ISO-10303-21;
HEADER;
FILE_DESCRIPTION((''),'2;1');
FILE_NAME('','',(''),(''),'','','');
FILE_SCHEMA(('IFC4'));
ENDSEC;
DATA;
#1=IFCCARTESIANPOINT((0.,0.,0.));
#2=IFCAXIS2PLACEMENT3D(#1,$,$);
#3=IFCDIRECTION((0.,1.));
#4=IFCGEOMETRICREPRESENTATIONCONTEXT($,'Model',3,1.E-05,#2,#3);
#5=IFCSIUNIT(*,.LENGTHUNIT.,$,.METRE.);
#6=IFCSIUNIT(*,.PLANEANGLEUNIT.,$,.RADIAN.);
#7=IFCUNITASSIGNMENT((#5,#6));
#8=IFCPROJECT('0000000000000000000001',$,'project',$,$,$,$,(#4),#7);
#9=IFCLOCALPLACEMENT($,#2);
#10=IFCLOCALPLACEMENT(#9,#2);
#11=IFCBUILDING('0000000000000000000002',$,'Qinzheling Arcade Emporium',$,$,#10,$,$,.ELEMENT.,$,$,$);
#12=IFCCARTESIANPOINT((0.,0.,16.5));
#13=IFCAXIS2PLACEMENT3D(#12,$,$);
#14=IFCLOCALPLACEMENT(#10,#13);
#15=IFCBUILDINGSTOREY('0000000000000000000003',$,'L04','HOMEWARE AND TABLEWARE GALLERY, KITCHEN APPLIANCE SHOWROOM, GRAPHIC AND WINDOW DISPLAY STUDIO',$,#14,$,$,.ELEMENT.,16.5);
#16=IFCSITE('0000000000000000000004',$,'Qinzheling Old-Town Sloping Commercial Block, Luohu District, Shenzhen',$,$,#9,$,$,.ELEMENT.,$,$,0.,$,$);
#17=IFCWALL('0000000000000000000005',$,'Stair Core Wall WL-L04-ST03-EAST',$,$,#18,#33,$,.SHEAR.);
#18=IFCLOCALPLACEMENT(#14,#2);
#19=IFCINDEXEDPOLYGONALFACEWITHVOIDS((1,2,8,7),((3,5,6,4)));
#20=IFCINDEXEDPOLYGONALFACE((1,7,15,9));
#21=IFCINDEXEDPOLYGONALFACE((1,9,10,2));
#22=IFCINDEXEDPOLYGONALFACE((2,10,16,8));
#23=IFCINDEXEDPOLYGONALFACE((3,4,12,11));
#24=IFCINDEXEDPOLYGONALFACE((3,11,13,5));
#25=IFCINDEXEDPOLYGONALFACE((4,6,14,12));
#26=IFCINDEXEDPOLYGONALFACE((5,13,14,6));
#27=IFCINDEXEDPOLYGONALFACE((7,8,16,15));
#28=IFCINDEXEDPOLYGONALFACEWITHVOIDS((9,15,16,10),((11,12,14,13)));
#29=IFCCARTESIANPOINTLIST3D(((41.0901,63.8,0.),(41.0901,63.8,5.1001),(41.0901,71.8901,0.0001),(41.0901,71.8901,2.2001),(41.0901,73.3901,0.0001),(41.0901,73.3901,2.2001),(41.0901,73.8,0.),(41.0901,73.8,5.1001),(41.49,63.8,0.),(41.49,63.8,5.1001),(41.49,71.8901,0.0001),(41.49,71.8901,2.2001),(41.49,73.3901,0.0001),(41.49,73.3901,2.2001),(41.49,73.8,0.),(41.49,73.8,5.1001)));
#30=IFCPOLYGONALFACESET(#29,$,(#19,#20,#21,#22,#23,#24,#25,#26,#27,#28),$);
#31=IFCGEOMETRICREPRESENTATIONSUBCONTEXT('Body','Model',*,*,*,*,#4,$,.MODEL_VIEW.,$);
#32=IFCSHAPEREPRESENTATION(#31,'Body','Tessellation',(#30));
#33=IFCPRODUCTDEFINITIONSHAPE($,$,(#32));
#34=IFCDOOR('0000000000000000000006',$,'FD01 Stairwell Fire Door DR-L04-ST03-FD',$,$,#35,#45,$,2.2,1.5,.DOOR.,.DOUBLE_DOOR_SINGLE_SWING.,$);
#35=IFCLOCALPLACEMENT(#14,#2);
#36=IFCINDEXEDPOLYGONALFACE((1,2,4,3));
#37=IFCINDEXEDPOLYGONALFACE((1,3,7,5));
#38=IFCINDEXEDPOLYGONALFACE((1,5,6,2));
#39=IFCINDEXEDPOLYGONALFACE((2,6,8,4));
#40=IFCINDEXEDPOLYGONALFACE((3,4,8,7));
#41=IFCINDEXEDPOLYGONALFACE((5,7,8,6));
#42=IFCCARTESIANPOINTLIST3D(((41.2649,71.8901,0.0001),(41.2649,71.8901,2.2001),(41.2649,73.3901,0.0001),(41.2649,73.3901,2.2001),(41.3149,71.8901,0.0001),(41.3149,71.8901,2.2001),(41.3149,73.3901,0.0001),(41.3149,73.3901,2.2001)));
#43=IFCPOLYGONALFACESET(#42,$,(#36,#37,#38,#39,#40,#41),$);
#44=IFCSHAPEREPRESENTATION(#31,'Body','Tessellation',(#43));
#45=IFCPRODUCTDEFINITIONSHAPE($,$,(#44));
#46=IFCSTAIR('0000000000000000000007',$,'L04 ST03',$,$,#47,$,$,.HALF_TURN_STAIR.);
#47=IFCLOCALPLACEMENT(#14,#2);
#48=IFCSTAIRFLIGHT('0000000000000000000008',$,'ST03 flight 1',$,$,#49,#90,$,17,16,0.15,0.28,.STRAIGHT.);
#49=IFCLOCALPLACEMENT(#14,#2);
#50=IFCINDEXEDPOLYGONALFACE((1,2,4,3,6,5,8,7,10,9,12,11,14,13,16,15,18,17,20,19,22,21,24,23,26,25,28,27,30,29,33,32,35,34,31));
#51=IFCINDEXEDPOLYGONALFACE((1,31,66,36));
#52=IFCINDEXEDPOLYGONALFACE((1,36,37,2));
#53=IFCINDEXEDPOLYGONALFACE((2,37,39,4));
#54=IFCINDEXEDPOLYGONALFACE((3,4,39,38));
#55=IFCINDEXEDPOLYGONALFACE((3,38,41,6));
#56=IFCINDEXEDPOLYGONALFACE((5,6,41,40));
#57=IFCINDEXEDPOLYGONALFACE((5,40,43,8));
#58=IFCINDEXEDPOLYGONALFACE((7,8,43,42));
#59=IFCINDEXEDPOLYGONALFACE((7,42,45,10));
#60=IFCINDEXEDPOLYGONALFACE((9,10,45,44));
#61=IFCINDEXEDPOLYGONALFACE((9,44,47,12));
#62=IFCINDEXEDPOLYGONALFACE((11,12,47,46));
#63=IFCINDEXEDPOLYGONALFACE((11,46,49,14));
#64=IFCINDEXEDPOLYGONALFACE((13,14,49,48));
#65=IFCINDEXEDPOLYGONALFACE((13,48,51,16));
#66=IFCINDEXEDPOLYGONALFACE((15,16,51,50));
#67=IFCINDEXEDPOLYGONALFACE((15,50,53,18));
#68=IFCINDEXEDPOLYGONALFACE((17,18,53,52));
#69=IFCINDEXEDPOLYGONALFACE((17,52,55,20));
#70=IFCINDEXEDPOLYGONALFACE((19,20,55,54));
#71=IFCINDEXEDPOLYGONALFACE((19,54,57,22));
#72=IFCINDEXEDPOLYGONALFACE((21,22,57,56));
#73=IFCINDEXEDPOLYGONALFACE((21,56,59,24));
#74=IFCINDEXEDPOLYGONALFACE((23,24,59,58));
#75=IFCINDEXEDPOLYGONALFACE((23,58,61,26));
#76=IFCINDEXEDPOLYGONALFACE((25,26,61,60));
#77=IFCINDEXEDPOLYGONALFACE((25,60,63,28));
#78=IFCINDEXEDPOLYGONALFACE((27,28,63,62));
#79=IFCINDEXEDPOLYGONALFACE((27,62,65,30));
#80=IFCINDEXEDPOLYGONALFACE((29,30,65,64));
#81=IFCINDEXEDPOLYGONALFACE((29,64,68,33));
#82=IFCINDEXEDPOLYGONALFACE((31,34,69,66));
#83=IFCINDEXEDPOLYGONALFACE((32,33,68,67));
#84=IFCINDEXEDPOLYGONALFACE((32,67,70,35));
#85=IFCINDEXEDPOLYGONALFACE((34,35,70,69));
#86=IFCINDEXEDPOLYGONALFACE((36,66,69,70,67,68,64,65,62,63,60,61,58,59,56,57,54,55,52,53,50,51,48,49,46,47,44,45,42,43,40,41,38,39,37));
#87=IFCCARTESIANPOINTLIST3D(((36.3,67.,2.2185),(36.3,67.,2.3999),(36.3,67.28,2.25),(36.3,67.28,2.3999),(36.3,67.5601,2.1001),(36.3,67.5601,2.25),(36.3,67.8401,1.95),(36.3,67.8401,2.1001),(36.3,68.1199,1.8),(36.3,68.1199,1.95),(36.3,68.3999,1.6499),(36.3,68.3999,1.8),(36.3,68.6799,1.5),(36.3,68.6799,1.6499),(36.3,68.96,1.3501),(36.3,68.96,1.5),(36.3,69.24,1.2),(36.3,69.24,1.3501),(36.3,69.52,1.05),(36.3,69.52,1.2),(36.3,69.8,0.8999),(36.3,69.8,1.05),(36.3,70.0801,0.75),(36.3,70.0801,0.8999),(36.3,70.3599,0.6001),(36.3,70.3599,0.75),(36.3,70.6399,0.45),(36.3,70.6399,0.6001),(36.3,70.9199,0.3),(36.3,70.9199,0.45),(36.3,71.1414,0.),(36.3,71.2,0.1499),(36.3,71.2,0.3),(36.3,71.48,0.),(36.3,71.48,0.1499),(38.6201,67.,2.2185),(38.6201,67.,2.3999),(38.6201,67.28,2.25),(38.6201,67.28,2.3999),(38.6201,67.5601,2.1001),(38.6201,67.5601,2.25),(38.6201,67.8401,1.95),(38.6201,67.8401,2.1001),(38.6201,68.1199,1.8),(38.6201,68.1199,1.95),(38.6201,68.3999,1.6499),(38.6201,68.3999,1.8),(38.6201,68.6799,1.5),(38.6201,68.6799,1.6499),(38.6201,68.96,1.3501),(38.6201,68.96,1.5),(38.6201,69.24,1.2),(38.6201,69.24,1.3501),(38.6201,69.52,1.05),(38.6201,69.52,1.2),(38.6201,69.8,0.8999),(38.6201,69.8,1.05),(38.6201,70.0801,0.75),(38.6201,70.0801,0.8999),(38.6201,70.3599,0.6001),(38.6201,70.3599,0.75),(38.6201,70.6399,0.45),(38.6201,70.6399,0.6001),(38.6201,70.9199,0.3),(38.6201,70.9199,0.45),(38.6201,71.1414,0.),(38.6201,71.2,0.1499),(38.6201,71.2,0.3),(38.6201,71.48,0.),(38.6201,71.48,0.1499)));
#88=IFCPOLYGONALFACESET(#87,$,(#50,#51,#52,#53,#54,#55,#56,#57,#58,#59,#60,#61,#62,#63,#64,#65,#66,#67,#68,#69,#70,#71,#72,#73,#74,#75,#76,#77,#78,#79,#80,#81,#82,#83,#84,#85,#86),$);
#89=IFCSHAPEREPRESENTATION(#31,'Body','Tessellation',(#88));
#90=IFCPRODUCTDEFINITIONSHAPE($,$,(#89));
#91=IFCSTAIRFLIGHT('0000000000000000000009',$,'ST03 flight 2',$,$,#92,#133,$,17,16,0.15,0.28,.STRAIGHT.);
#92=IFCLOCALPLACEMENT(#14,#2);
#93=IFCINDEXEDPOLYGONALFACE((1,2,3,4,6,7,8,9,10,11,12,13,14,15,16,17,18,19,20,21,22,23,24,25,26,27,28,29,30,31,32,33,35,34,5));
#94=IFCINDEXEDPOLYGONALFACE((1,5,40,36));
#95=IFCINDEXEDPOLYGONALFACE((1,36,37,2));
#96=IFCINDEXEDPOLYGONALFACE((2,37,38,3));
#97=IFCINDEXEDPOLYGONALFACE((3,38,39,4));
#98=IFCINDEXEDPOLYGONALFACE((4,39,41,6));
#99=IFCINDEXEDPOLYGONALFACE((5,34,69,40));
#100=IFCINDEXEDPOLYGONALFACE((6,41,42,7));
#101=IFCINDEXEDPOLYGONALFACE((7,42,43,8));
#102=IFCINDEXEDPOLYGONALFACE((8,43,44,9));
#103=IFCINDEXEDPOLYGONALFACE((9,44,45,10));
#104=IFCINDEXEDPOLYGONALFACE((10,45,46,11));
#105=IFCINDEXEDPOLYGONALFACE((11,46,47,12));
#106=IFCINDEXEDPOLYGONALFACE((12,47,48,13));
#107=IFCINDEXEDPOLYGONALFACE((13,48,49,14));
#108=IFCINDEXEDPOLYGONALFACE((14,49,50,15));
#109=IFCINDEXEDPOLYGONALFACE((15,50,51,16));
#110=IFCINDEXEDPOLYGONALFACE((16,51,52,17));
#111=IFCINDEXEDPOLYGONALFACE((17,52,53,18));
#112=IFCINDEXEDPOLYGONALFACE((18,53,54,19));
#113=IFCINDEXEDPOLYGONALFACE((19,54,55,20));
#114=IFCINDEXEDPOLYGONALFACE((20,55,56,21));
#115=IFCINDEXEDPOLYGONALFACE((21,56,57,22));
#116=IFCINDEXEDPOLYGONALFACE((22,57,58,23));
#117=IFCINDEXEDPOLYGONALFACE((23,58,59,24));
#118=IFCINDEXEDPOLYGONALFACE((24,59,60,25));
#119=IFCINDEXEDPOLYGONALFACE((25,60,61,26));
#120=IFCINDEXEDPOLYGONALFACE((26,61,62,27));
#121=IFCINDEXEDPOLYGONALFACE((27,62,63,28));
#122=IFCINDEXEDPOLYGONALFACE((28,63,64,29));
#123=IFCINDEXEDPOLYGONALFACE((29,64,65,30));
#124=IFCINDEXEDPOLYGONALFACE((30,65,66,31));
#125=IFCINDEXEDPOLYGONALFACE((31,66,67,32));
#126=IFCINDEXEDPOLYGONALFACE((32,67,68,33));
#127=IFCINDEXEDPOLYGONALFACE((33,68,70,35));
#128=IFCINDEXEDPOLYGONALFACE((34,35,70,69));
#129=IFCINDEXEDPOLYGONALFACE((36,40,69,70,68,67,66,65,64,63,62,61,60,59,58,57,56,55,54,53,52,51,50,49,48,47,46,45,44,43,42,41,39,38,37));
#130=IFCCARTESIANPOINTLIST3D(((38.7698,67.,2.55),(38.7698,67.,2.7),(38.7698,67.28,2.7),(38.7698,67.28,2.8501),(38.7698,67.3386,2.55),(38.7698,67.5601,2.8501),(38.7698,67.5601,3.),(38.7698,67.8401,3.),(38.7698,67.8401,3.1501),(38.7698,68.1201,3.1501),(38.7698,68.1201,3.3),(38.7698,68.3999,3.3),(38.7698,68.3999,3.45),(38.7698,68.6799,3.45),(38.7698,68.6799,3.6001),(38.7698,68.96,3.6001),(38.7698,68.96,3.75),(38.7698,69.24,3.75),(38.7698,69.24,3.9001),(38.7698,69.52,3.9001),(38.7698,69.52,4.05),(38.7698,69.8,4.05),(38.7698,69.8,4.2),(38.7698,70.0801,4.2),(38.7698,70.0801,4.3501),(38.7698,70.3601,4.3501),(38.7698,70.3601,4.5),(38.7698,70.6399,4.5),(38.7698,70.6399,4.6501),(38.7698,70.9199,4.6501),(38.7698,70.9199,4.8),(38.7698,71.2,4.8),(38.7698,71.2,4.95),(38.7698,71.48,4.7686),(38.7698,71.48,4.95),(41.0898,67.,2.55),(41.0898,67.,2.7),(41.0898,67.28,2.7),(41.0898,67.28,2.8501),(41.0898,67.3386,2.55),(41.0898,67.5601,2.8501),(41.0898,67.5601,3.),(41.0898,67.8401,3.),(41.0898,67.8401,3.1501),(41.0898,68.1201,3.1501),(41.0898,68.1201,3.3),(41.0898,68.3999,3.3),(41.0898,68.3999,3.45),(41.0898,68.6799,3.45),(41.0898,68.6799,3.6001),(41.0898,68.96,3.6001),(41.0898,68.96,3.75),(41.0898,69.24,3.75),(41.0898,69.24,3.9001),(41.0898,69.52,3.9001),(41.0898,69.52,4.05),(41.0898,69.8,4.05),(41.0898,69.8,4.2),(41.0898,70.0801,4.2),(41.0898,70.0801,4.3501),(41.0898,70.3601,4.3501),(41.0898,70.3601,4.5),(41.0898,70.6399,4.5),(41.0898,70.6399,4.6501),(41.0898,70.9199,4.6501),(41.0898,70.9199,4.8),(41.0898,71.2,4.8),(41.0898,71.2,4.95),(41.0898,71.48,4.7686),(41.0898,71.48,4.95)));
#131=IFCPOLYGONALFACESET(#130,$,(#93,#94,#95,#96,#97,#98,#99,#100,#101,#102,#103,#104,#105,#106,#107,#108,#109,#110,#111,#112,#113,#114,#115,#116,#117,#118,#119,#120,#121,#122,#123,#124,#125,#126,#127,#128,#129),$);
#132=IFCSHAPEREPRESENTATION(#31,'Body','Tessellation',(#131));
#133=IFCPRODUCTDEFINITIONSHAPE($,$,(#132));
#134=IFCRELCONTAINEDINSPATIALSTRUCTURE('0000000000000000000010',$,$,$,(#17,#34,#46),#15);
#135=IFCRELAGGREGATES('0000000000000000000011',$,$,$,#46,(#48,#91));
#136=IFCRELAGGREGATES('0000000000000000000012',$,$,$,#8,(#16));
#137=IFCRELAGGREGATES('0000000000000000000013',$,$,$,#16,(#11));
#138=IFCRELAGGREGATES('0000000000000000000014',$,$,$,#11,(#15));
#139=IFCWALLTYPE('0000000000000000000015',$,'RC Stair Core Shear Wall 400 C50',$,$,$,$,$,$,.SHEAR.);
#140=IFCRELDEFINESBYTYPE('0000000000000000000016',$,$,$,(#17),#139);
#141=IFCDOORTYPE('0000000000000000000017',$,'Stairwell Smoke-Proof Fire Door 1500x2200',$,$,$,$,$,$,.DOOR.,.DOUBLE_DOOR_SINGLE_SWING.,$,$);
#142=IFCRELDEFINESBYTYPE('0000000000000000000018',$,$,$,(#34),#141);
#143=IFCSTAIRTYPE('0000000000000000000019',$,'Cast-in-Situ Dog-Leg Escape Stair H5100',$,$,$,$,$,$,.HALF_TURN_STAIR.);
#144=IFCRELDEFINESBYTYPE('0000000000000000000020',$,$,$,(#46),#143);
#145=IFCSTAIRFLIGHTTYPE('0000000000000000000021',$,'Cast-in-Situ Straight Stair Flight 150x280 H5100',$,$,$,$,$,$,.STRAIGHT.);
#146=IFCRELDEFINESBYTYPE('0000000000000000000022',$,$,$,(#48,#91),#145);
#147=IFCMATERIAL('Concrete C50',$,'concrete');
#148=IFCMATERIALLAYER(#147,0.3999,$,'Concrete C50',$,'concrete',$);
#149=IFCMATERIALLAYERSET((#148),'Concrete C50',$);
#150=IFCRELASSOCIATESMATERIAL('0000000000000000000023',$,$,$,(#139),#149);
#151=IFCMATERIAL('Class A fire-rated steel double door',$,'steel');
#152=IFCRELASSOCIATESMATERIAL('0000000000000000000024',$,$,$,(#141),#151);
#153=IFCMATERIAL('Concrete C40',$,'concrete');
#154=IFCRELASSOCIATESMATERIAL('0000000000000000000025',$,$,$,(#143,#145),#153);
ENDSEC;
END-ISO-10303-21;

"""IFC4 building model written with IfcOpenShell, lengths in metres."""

from ifc_helpers import new_model, si_unit, direction, frame, frame_2d, origin, place, context, subcontext, project, spatial, polyline, rectangle, outline, extrude, material, layer, layer_set, type_object, element, fill, aggregate, save


model = new_model("IFC4")

# Units and contexts
model_context = context("Model", 3, precision=1e-05, world=origin(), true_north=direction((0.0, 1.0)))
body_context = subcontext(model_context, "Body", "Model", "MODEL_VIEW")
ifc_project = project(units=[si_unit("LENGTHUNIT", "METRE"), si_unit("PLANEANGLEUNIT", "RADIAN")], contexts=[model_context])

# Site, building, storey
site_placement = place(None, origin())
site = spatial("IfcSite", under=ifc_project, at=site_placement, Name="Qinzheling Old-Town Sloping Commercial Block, Luohu District, Shenzhen", CompositionType="ELEMENT", RefElevation=0.0)
building_placement = place(site_placement, origin())
building = spatial("IfcBuilding", under=site, at=building_placement, Name="Qinzheling Arcade Emporium", CompositionType="ELEMENT")
storey_placement = place(building_placement, frame((0.0, 0.0, 16.5)))
storey = spatial("IfcBuildingStorey", under=building, at=storey_placement, Name="L04", Description="HOMEWARE AND TABLEWARE GALLERY, KITCHEN APPLIANCE SHOWROOM, GRAPHIC AND WINDOW DISPLAY STUDIO", CompositionType="ELEMENT", Elevation=16.5)

# Shared definitions
ifc_material_1 = material(Name="Concrete C40", Category="concrete")

# Wall, opening, door
ifc_material_2 = material(Name="Concrete C50", Category="concrete")
ifc_layer_1 = layer(ifc_material_2, 0.3999, Name="Concrete C50", Category="concrete")
ifc_layer_set_1 = layer_set([ifc_layer_1], Name="Concrete C50")
wall_type_1 = type_object("IfcWallType", Name="RC Stair Core Shear Wall 400 C50", PredefinedType="SHEAR", material=ifc_layer_set_1)
wall_1_placement = place(storey_placement, frame((41.29, 73.8, 0.0), z_axis=(0.0, 0.0, 1.0), x_axis=(0.0, -1.0, 0.0)))
wall_1 = element("IfcWall", 1, at=wall_1_placement, inside=storey, type_object=wall_type_1, Name="Stair Core Wall WL-L04-ST03-EAST", PredefinedType="SHEAR", context=body_context, shape_type="SweptSolid", body=[
    extrude(rectangle(XDim=10.0, YDim=0.3999, at=frame_2d((5.0, 0.0))), origin(), (0.0, 0.0, 1.0), 5.1001),
])
opening_1_placement = place(wall_1_placement, frame((0.4099, 0.0, 0.0)))
opening_1 = element("IfcOpeningElement", 2, at=opening_1_placement, cuts=wall_1, PredefinedType="OPENING", context=body_context, shape_type="SweptSolid", body=[
    extrude(rectangle(XDim=1.5, YDim=2.2, at=frame_2d((0.75, 1.1001))), frame((0.0, 0.21, 0.0), z_axis=(0.0, -1.0, 0.0), x_axis=(1.0, 0.0, 0.0)), (0.0, 0.0, 1.0), 0.4199),
])
ifc_material_3 = material(Name="Class A fire-rated steel double door", Category="steel")
door_type_1 = type_object("IfcDoorType", Name="Stairwell Smoke-Proof Fire Door 1500x2200", OperationType="DOUBLE_DOOR_SINGLE_SWING", PredefinedType="DOOR", material=ifc_material_3)
door_1_placement = place(opening_1_placement, origin())
door_1 = element("IfcDoor", 3, at=door_1_placement, inside=storey, type_object=door_type_1, Name="FD01 Stairwell Fire Door DR-L04-ST03-FD", OperationType="DOUBLE_DOOR_SINGLE_SWING", OverallHeight=2.2, OverallWidth=1.5, PredefinedType="DOOR", context=body_context, shape_type="SweptSolid", body=[
    extrude(rectangle(XDim=1.5, YDim=2.2, at=frame_2d((0.75, 1.1001))), frame((0.0, 0.0249, 0.0), z_axis=(0.0, -1.0, 0.0), x_axis=(1.0, 0.0, 0.0)), (0.0, 0.0, 1.0), 0.05),
])
fill(opening_1, door_1)

# Stair, stair flights
stair_type = type_object("IfcStairType", Name="Cast-in-Situ Dog-Leg Escape Stair H5100", PredefinedType="HALF_TURN_STAIR", material=ifc_material_1)
stair_placement = place(storey_placement, origin())
stair = element("IfcStair", 4, at=stair_placement, inside=storey, type_object=stair_type, Name="L04 ST03", PredefinedType="HALF_TURN_STAIR")
stair_flight_type = type_object("IfcStairFlightType", Name="Cast-in-Situ Straight Stair Flight 150x280 H5100", PredefinedType="STRAIGHT", material=ifc_material_1)
stair_flight_1_placement = place(storey_placement, frame((37.46, 71.48, 0.0), z_axis=(0.0, 0.0, 1.0), x_axis=(0.0, -1.0, 0.0)))
stair_flight_1 = element("IfcStairFlight", 5, at=stair_flight_1_placement, type_object=stair_flight_type, Name="ST03 flight 1", NumberOfRisers=17, NumberOfTreads=16, PredefinedType="STRAIGHT", RiserHeight=0.15, TreadLength=0.28, context=body_context, shape_type="SweptSolid", body=[
    extrude(outline(polyline([(0.0, 0.0), (0.0, 0.1499), (0.28, 0.1499), (0.28, 0.3), (0.5601, 0.3), (0.5601, 0.45), (0.8401, 0.45), (0.8401, 0.6001), (1.1201, 0.6001), (1.1201, 0.75), (1.3999, 0.75), (1.3999, 0.8999), (1.6799, 0.8999), (1.6799, 1.05), (1.96, 1.05), (1.96, 1.2), (2.24, 1.2), (2.24, 1.3501), (2.52, 1.3501), (2.52, 1.5), (2.8, 1.5), (2.8, 1.6499), (3.0801, 1.6499), (3.0801, 1.8), (3.3601, 1.8), (3.3601, 1.95), (3.6399, 1.95), (3.6399, 2.1001), (3.9199, 2.1001), (3.9199, 2.25), (4.2, 2.25), (4.2, 2.3999), (4.48, 2.3999), (4.48, 2.55), (4.48, 2.2185), (0.3386, 0.0), (0.0, 0.0)])), frame((0.0, 1.1602, 0.0), z_axis=(0.0, -1.0, 0.0), x_axis=(1.0, 0.0, 0.0)), (0.0, 0.0, 1.0), 2.3201),
])
stair_flight_2_placement = place(storey_placement, frame((39.9299, 67.0, 2.55), z_axis=(0.0, 0.0, 1.0), x_axis=(0.0, 1.0, 0.0)))
stair_flight_2 = element("IfcStairFlight", 6, at=stair_flight_2_placement, type_object=stair_flight_type, Name="ST03 flight 2", NumberOfRisers=17, NumberOfTreads=16, PredefinedType="STRAIGHT", RiserHeight=0.15, TreadLength=0.28, context=body_context, shape_type="SweptSolid", body=[
    extrude(outline(polyline([(0.0, 0.0), (0.0, 0.1499), (0.28, 0.1499), (0.28, 0.3), (0.5601, 0.3), (0.5601, 0.45), (0.8401, 0.45), (0.8401, 0.6001), (1.1201, 0.6001), (1.1201, 0.75), (1.3999, 0.75), (1.3999, 0.8999), (1.6799, 0.8999), (1.6799, 1.05), (1.96, 1.05), (1.96, 1.2), (2.24, 1.2), (2.24, 1.3501), (2.52, 1.3501), (2.52, 1.5), (2.8, 1.5), (2.8, 1.6499), (3.0801, 1.6499), (3.0801, 1.8), (3.3601, 1.8), (3.3601, 1.95), (3.6399, 1.95), (3.6399, 2.1001), (3.9199, 2.1001), (3.9199, 2.25), (4.2, 2.25), (4.2, 2.3999), (4.48, 2.3999), (4.48, 2.55), (4.48, 2.2185), (0.3386, 0.0), (0.0, 0.0)])), frame((0.0, 1.1602, 0.0), z_axis=(0.0, -1.0, 0.0), x_axis=(1.0, 0.0, 0.0)), (0.0, 0.0, 1.0), 2.3201),
])
aggregate(stair, [stair_flight_1, stair_flight_2])

save(model, "model.ifc")
